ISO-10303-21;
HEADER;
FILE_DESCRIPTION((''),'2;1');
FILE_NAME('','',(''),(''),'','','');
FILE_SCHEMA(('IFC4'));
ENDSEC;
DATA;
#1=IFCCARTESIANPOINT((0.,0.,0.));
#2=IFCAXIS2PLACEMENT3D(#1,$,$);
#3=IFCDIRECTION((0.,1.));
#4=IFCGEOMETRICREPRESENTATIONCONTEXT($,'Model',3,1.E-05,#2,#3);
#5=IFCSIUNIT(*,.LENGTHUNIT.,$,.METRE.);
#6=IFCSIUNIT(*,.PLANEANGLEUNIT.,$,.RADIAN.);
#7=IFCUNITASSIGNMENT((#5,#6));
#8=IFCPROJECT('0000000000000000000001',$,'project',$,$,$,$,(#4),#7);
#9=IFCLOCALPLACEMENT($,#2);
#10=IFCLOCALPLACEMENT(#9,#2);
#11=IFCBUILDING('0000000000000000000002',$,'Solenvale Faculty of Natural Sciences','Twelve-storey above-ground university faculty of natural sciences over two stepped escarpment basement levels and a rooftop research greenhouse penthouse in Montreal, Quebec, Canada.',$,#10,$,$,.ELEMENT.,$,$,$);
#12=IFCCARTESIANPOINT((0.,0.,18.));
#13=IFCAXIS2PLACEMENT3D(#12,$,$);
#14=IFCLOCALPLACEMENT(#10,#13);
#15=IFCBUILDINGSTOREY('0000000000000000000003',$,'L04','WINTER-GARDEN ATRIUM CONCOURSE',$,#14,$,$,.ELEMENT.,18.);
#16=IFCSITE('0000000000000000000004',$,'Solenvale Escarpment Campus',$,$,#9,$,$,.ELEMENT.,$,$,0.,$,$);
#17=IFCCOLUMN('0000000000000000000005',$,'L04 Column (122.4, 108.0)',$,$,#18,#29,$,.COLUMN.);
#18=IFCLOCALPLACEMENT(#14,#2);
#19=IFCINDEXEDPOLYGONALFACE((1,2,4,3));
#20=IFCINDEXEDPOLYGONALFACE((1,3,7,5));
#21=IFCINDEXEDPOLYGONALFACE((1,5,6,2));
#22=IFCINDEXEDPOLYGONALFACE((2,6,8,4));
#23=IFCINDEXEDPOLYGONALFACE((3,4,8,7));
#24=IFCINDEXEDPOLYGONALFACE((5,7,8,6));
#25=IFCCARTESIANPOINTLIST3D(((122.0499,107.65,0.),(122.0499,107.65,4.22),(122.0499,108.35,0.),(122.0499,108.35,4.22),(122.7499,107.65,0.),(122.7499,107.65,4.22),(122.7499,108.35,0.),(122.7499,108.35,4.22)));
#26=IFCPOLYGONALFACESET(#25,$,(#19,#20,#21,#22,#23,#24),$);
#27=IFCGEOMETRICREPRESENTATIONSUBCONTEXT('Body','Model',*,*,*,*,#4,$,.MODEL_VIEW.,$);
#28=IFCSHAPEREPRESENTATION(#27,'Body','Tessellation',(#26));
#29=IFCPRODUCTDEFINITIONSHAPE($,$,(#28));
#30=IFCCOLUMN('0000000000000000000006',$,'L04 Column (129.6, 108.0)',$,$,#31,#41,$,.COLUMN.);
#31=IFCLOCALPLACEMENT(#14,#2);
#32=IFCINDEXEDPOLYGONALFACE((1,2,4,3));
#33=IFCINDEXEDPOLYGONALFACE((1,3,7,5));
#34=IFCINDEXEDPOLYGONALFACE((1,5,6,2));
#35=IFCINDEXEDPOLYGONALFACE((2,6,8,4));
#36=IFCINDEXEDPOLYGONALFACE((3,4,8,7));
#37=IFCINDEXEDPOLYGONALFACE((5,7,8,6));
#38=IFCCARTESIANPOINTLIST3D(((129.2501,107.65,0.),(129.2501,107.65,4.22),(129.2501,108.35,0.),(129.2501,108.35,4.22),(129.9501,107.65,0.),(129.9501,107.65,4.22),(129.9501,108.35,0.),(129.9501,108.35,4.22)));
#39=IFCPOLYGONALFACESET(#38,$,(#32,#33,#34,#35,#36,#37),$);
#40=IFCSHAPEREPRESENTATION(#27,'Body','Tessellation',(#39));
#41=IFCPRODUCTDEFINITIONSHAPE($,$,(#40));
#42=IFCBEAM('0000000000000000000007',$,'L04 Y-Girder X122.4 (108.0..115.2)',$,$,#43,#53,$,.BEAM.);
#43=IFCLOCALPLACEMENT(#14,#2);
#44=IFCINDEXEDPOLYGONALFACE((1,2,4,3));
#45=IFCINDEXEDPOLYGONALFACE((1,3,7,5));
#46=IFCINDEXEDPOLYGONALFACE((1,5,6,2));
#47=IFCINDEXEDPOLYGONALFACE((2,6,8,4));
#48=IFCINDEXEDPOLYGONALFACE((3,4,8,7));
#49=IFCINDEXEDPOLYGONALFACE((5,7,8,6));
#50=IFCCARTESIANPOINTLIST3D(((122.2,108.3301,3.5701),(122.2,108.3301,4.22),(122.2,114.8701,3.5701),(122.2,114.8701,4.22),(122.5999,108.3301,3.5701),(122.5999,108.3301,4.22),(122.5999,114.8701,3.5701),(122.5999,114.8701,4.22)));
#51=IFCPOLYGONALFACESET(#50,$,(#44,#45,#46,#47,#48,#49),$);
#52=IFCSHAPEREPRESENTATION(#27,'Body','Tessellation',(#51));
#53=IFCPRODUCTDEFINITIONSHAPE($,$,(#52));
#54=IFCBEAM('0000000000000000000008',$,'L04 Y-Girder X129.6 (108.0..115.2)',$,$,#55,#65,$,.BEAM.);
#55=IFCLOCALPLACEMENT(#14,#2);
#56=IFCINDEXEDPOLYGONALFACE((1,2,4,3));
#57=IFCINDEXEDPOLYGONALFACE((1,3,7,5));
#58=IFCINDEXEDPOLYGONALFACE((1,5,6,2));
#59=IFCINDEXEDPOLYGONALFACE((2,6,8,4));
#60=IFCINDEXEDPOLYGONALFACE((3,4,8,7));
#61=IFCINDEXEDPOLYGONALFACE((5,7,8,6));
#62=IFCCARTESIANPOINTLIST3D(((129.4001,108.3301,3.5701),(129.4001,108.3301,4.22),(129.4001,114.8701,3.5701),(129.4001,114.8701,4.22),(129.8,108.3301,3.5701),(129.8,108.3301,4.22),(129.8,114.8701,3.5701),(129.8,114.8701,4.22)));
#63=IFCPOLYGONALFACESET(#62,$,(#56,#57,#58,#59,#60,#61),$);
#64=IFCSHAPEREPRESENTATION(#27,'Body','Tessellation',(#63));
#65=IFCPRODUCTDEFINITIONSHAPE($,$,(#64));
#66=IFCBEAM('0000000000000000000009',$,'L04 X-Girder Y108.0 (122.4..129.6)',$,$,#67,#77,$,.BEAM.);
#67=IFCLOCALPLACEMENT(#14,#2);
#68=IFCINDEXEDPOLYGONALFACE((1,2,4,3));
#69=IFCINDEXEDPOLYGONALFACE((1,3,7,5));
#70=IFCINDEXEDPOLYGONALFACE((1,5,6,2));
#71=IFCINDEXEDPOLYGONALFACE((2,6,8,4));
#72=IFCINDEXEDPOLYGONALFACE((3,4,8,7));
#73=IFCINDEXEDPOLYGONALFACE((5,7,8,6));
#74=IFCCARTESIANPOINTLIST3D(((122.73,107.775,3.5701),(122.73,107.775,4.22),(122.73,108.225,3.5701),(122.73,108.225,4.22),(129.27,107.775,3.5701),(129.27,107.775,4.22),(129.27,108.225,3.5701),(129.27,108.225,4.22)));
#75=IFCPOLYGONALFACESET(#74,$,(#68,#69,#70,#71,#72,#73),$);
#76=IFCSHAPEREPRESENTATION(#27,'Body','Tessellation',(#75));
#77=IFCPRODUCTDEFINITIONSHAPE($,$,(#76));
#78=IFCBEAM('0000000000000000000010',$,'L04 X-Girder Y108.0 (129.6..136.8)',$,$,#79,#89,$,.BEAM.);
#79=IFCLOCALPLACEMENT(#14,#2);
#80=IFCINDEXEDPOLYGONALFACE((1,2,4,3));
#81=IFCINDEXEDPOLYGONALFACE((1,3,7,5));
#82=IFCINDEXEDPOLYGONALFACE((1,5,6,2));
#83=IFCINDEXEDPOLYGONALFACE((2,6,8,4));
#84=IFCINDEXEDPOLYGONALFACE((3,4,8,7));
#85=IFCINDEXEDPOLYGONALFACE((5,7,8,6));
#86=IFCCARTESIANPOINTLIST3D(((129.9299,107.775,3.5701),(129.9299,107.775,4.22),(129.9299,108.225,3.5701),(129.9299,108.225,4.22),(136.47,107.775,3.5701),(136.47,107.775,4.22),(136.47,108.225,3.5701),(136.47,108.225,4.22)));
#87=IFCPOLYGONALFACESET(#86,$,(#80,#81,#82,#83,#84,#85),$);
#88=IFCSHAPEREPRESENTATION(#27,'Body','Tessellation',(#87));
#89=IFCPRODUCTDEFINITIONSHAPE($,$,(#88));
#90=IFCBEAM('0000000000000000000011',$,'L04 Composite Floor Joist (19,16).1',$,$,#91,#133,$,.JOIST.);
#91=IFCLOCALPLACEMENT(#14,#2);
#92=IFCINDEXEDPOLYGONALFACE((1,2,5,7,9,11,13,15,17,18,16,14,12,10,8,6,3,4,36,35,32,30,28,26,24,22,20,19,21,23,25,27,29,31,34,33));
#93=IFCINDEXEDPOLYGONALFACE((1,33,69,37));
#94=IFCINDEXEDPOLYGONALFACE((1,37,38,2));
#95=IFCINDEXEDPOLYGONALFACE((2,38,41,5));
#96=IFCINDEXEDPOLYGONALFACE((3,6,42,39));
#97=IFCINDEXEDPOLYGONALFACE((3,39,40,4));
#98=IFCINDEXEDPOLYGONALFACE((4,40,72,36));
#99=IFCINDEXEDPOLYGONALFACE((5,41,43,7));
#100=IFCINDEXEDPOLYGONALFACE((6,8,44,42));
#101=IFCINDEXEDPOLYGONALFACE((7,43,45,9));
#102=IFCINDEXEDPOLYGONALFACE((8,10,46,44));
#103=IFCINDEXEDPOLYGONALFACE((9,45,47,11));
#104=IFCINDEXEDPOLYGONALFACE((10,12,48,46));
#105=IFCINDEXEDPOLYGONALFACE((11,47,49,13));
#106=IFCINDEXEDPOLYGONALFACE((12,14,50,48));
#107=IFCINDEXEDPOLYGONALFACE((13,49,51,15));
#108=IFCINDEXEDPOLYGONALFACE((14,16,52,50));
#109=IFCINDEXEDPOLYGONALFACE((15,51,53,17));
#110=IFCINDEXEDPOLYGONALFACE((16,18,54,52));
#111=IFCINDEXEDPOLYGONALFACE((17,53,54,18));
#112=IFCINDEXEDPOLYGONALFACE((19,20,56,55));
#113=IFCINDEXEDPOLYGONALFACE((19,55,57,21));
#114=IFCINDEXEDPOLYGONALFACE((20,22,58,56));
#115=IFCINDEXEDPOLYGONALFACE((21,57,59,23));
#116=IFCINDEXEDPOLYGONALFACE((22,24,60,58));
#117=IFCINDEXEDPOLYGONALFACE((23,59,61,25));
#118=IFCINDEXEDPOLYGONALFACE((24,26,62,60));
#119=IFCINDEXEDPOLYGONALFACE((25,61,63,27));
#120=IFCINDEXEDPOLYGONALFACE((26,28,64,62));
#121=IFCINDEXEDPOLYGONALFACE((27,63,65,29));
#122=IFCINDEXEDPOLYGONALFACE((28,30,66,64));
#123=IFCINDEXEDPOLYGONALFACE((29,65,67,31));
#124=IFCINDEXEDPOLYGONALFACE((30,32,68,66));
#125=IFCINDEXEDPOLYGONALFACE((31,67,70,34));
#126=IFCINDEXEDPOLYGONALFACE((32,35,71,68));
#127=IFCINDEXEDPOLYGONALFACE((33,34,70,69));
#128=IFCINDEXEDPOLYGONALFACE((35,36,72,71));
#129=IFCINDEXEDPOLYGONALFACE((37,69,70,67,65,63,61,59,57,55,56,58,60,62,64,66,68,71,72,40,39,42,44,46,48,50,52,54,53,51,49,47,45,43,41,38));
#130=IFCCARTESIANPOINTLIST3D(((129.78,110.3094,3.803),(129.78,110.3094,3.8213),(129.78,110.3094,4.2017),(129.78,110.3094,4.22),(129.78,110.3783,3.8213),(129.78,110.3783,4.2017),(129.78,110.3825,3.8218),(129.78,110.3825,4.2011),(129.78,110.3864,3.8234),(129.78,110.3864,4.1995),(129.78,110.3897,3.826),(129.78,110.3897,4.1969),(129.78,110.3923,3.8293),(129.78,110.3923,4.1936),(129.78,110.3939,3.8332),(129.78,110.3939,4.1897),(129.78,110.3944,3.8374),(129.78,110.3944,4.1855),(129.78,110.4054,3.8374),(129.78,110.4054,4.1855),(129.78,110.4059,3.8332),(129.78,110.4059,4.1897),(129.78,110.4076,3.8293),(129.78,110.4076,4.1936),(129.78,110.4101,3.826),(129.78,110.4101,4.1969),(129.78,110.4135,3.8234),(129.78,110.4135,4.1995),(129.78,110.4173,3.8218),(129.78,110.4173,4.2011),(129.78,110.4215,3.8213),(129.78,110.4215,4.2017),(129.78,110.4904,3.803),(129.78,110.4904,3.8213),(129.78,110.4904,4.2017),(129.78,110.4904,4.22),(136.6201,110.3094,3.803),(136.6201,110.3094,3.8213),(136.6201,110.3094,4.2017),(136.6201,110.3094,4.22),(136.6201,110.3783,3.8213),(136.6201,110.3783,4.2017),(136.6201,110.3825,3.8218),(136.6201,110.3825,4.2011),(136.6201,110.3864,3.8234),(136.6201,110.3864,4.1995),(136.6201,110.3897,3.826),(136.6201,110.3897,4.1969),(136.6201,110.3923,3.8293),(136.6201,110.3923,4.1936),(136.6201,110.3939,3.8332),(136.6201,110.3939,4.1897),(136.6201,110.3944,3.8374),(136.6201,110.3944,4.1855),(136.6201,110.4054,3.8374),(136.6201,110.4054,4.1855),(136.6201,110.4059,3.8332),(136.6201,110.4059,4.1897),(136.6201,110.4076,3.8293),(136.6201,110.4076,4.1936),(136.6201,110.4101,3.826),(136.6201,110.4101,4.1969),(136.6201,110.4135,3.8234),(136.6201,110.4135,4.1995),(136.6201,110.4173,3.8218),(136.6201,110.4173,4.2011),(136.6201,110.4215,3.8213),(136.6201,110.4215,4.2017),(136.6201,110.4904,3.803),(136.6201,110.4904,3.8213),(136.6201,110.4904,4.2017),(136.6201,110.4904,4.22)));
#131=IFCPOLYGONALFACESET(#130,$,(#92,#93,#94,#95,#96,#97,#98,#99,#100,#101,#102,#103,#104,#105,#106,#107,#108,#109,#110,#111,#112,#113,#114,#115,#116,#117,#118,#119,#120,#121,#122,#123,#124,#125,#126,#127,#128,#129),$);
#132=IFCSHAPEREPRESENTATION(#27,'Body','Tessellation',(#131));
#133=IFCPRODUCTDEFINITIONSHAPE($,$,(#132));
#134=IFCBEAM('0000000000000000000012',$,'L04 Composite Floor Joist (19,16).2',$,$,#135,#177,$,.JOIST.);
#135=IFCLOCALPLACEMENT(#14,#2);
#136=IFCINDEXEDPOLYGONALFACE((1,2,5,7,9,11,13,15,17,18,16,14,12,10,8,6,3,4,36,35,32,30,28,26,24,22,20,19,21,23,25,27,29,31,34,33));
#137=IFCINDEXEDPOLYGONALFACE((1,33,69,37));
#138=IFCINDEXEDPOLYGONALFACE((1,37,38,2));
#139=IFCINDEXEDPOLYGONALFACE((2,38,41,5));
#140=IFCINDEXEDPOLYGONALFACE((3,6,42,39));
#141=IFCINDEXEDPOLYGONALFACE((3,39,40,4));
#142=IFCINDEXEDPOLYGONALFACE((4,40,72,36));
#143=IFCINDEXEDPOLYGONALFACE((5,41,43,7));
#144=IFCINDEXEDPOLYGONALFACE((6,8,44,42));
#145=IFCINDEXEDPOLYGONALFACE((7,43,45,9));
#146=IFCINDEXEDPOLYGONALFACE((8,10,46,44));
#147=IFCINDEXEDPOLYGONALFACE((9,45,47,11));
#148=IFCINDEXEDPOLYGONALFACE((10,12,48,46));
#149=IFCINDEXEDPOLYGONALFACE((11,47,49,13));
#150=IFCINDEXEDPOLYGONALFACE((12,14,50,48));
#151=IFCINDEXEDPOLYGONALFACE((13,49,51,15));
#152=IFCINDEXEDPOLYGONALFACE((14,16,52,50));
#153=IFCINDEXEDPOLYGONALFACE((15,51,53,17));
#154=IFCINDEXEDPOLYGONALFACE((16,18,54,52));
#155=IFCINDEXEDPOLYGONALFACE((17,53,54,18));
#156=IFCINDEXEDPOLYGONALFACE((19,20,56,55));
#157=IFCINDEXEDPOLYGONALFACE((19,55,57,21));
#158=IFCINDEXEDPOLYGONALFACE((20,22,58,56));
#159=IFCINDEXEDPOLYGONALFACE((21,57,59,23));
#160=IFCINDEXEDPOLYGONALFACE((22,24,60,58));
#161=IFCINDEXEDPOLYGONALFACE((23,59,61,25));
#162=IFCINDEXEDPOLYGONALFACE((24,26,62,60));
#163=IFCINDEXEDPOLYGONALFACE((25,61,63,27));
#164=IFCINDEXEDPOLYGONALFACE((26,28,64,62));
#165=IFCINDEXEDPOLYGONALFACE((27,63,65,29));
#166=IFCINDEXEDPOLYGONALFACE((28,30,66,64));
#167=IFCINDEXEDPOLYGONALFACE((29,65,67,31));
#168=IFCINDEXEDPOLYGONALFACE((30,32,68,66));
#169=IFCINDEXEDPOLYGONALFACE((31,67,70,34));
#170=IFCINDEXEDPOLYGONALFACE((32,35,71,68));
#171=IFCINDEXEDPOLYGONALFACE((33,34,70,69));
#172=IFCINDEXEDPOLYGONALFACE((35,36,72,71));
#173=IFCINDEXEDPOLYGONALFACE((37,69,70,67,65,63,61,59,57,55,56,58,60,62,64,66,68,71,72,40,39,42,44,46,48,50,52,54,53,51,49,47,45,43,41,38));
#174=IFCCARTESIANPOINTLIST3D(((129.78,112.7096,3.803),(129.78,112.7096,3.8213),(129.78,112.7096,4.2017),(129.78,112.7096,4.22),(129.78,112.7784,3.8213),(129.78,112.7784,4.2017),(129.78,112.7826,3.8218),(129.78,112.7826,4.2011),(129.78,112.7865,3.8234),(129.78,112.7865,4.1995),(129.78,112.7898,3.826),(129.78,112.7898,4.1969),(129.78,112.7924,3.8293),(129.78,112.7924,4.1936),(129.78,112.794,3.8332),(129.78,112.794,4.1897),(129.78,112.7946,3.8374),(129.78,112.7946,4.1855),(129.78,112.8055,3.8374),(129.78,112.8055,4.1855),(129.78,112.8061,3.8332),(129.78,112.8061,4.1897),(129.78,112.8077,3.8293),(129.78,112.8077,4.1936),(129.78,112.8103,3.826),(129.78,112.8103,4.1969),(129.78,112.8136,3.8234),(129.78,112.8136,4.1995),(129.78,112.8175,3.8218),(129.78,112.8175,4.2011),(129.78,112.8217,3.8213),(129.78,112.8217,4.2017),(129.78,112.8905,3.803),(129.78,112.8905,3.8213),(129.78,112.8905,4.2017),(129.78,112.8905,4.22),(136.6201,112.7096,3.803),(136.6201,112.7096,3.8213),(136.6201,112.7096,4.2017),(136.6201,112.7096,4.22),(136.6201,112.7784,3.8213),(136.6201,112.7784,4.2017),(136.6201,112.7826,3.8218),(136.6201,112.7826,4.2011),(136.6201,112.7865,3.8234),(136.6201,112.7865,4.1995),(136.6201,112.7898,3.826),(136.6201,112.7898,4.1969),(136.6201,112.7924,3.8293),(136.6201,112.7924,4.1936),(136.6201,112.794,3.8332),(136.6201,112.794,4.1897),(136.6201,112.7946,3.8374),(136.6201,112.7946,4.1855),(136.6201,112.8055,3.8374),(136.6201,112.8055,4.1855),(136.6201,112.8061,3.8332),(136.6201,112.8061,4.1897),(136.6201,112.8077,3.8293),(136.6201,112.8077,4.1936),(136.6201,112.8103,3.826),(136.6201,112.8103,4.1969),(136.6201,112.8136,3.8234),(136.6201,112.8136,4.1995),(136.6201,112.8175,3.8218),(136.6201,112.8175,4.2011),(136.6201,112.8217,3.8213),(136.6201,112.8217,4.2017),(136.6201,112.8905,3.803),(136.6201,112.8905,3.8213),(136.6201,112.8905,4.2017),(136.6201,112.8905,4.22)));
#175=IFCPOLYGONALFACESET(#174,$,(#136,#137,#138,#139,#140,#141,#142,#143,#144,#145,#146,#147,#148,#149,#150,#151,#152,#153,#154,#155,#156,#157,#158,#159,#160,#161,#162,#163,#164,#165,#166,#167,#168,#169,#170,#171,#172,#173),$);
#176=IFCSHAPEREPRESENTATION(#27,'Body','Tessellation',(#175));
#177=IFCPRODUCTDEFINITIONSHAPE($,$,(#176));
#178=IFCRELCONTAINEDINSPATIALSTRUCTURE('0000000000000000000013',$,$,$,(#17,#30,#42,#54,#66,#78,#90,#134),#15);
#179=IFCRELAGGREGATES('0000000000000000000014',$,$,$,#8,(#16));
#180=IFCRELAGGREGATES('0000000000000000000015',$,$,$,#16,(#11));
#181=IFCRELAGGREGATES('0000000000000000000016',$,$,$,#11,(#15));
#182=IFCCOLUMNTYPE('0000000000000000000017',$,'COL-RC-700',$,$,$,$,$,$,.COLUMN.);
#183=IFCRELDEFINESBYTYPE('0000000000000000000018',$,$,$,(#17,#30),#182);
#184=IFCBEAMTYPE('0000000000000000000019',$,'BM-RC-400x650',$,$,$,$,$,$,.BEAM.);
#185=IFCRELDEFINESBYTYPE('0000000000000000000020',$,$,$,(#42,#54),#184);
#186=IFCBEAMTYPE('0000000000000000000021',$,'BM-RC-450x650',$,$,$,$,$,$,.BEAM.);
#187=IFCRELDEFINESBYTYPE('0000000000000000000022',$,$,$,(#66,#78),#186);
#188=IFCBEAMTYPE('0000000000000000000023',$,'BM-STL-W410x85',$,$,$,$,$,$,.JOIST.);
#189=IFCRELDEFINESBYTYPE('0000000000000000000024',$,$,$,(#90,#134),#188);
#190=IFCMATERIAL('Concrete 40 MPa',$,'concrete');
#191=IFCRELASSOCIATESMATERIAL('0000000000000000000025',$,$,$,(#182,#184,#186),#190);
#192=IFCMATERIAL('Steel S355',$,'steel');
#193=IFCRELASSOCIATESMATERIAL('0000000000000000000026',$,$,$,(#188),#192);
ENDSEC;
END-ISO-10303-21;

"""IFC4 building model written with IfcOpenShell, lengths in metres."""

from ifc_helpers import new_model, si_unit, direction, frame, origin, origin_2d, place, context, subcontext, project, spatial, rectangle, i_section, extrude, material, material_profile, profile_set, type_object, element, save


model = new_model("IFC4")

# Units and contexts
model_context = context("Model", 3, precision=1e-05, world=origin(), true_north=direction((0.0, 1.0)))
body_context = subcontext(model_context, "Body", "Model", "MODEL_VIEW")
ifc_project = project(units=[si_unit("LENGTHUNIT", "METRE"), si_unit("PLANEANGLEUNIT", "RADIAN")], contexts=[model_context])

# Site, building, storey
site_placement = place(None, origin())
site = spatial("IfcSite", under=ifc_project, at=site_placement, Name="Solenvale Escarpment Campus", CompositionType="ELEMENT", RefElevation=0.0)
building_placement = place(site_placement, origin())
building = spatial("IfcBuilding", under=site, at=building_placement, Name="Solenvale Faculty of Natural Sciences", Description="Twelve-storey above-ground university faculty of natural sciences over two stepped escarpment basement levels and a rooftop research greenhouse penthouse in Montreal, Quebec, Canada.", CompositionType="ELEMENT")
storey_placement = place(building_placement, frame((0.0, 0.0, 18.0)))
storey = spatial("IfcBuildingStorey", under=building, at=storey_placement, Name="L04", Description="WINTER-GARDEN ATRIUM CONCOURSE", CompositionType="ELEMENT", Elevation=18.0)

# Columns
ifc_material_1 = material(Name="Concrete 40 MPa", Category="concrete")
ifc_material_profile_1 = material_profile(ifc_material_1, rectangle(XDim=0.7, YDim=0.7, at=origin_2d()), Name="RC-COL-700x700")
ifc_profile_set_1 = profile_set([ifc_material_profile_1], Name="Concrete 40 MPa")
column_type = type_object("IfcColumnType", Name="COL-RC-700", PredefinedType="COLUMN", material=ifc_profile_set_1)
for number, where, z_axis, x_axis, name in (
    (1, (122.3999, 108.0, 0.0), (0.0, 0.0, 1.0), (1.0, 0.0, 0.0), "L04 Column (122.4, 108.0)"),
    (2, (129.6001, 108.0, 0.0), (0.0, 0.0, 1.0), (1.0, 0.0, 0.0), "L04 Column (129.6, 108.0)"),
):
    element("IfcColumn", number, at=place(storey_placement, frame(where, z_axis=z_axis, x_axis=x_axis)), inside=storey, type_object=column_type, Name=name, PredefinedType="COLUMN", context=body_context, shape_type="SweptSolid", body=[
        extrude(rectangle(XDim=0.7, YDim=0.7, at=origin_2d()), origin(), (0.0, 0.0, 1.0), 4.22),
    ])

# Beams
ifc_material_profile_2 = material_profile(ifc_material_1, rectangle(XDim=0.3999, YDim=0.6499, at=origin_2d()), Name="RC-BM-400x650")
ifc_profile_set_2 = profile_set([ifc_material_profile_2], Name="Concrete 40 MPa")
beam_type_1 = type_object("IfcBeamType", Name="BM-RC-400x650", PredefinedType="BEAM", material=ifc_profile_set_2)
for number, where, z_axis, x_axis, name in (
    (3, (122.3999, 108.3301, 3.895), (0.0, 1.0, 0.0), (-1.0, 0.0, 0.0), "L04 Y-Girder X122.4 (108.0..115.2)"),
    (4, (129.6001, 108.3301, 3.895), (0.0, 1.0, 0.0), (-1.0, 0.0, 0.0), "L04 Y-Girder X129.6 (108.0..115.2)"),
):
    element("IfcBeam", number, at=place(storey_placement, frame(where, z_axis=z_axis, x_axis=x_axis)), inside=storey, type_object=beam_type_1, Name=name, PredefinedType="BEAM", context=body_context, shape_type="SweptSolid", body=[
        extrude(rectangle(XDim=0.3999, YDim=0.6499, at=origin_2d()), origin(), (0.0, 0.0, 1.0), 6.54),
    ])
ifc_material_profile_3 = material_profile(ifc_material_1, rectangle(XDim=0.45, YDim=0.6499, at=origin_2d()), Name="RC-BM-450x650")
ifc_profile_set_3 = profile_set([ifc_material_profile_3], Name="Concrete 40 MPa")
beam_type_2 = type_object("IfcBeamType", Name="BM-RC-450x650", PredefinedType="BEAM", material=ifc_profile_set_3)
for number, where, z_axis, x_axis, name in (
    (5, (122.73, 108.0, 3.895), (1.0, 0.0, 0.0), (0.0, 1.0, 0.0), "L04 X-Girder Y108.0 (122.4..129.6)"),
    (6, (129.9299, 108.0, 3.895), (1.0, 0.0, 0.0), (0.0, 1.0, 0.0), "L04 X-Girder Y108.0 (129.6..136.8)"),
):
    element("IfcBeam", number, at=place(storey_placement, frame(where, z_axis=z_axis, x_axis=x_axis)), inside=storey, type_object=beam_type_2, Name=name, PredefinedType="BEAM", context=body_context, shape_type="SweptSolid", body=[
        extrude(rectangle(XDim=0.45, YDim=0.6499, at=origin_2d()), origin(), (0.0, 0.0, 1.0), 6.54),
    ])
ifc_material_2 = material(Name="Steel S355", Category="steel")
ifc_material_profile_4 = material_profile(ifc_material_2, i_section(OverallWidth=0.1809, OverallDepth=0.417, WebThickness=0.011, FlangeThickness=0.0183, FilletRadius=0.0161, at=origin_2d()), Name="W410x85")
ifc_profile_set_4 = profile_set([ifc_material_profile_4], Name="Steel S355")
beam_type_3 = type_object("IfcBeamType", Name="BM-STL-W410x85", PredefinedType="JOIST", material=ifc_profile_set_4)
for number, where, z_axis, x_axis, name in (
    (7, (129.78, 110.3999, 4.0115), (1.0, 0.0, 0.0), (0.0, 1.0, 0.0), "L04 Composite Floor Joist (19,16).1"),
    (8, (129.78, 112.8, 4.0115), (1.0, 0.0, 0.0), (0.0, 1.0, 0.0), "L04 Composite Floor Joist (19,16).2"),
):
    element("IfcBeam", number, at=place(storey_placement, frame(where, z_axis=z_axis, x_axis=x_axis)), inside=storey, type_object=beam_type_3, Name=name, PredefinedType="JOIST", context=body_context, shape_type="SweptSolid", body=[
        extrude(i_section(OverallWidth=0.1809, OverallDepth=0.417, WebThickness=0.011, FlangeThickness=0.0183, FilletRadius=0.0161, at=origin_2d()), origin(), (0.0, 0.0, 1.0), 6.8401),
    ])

save(model, "model.ifc")
